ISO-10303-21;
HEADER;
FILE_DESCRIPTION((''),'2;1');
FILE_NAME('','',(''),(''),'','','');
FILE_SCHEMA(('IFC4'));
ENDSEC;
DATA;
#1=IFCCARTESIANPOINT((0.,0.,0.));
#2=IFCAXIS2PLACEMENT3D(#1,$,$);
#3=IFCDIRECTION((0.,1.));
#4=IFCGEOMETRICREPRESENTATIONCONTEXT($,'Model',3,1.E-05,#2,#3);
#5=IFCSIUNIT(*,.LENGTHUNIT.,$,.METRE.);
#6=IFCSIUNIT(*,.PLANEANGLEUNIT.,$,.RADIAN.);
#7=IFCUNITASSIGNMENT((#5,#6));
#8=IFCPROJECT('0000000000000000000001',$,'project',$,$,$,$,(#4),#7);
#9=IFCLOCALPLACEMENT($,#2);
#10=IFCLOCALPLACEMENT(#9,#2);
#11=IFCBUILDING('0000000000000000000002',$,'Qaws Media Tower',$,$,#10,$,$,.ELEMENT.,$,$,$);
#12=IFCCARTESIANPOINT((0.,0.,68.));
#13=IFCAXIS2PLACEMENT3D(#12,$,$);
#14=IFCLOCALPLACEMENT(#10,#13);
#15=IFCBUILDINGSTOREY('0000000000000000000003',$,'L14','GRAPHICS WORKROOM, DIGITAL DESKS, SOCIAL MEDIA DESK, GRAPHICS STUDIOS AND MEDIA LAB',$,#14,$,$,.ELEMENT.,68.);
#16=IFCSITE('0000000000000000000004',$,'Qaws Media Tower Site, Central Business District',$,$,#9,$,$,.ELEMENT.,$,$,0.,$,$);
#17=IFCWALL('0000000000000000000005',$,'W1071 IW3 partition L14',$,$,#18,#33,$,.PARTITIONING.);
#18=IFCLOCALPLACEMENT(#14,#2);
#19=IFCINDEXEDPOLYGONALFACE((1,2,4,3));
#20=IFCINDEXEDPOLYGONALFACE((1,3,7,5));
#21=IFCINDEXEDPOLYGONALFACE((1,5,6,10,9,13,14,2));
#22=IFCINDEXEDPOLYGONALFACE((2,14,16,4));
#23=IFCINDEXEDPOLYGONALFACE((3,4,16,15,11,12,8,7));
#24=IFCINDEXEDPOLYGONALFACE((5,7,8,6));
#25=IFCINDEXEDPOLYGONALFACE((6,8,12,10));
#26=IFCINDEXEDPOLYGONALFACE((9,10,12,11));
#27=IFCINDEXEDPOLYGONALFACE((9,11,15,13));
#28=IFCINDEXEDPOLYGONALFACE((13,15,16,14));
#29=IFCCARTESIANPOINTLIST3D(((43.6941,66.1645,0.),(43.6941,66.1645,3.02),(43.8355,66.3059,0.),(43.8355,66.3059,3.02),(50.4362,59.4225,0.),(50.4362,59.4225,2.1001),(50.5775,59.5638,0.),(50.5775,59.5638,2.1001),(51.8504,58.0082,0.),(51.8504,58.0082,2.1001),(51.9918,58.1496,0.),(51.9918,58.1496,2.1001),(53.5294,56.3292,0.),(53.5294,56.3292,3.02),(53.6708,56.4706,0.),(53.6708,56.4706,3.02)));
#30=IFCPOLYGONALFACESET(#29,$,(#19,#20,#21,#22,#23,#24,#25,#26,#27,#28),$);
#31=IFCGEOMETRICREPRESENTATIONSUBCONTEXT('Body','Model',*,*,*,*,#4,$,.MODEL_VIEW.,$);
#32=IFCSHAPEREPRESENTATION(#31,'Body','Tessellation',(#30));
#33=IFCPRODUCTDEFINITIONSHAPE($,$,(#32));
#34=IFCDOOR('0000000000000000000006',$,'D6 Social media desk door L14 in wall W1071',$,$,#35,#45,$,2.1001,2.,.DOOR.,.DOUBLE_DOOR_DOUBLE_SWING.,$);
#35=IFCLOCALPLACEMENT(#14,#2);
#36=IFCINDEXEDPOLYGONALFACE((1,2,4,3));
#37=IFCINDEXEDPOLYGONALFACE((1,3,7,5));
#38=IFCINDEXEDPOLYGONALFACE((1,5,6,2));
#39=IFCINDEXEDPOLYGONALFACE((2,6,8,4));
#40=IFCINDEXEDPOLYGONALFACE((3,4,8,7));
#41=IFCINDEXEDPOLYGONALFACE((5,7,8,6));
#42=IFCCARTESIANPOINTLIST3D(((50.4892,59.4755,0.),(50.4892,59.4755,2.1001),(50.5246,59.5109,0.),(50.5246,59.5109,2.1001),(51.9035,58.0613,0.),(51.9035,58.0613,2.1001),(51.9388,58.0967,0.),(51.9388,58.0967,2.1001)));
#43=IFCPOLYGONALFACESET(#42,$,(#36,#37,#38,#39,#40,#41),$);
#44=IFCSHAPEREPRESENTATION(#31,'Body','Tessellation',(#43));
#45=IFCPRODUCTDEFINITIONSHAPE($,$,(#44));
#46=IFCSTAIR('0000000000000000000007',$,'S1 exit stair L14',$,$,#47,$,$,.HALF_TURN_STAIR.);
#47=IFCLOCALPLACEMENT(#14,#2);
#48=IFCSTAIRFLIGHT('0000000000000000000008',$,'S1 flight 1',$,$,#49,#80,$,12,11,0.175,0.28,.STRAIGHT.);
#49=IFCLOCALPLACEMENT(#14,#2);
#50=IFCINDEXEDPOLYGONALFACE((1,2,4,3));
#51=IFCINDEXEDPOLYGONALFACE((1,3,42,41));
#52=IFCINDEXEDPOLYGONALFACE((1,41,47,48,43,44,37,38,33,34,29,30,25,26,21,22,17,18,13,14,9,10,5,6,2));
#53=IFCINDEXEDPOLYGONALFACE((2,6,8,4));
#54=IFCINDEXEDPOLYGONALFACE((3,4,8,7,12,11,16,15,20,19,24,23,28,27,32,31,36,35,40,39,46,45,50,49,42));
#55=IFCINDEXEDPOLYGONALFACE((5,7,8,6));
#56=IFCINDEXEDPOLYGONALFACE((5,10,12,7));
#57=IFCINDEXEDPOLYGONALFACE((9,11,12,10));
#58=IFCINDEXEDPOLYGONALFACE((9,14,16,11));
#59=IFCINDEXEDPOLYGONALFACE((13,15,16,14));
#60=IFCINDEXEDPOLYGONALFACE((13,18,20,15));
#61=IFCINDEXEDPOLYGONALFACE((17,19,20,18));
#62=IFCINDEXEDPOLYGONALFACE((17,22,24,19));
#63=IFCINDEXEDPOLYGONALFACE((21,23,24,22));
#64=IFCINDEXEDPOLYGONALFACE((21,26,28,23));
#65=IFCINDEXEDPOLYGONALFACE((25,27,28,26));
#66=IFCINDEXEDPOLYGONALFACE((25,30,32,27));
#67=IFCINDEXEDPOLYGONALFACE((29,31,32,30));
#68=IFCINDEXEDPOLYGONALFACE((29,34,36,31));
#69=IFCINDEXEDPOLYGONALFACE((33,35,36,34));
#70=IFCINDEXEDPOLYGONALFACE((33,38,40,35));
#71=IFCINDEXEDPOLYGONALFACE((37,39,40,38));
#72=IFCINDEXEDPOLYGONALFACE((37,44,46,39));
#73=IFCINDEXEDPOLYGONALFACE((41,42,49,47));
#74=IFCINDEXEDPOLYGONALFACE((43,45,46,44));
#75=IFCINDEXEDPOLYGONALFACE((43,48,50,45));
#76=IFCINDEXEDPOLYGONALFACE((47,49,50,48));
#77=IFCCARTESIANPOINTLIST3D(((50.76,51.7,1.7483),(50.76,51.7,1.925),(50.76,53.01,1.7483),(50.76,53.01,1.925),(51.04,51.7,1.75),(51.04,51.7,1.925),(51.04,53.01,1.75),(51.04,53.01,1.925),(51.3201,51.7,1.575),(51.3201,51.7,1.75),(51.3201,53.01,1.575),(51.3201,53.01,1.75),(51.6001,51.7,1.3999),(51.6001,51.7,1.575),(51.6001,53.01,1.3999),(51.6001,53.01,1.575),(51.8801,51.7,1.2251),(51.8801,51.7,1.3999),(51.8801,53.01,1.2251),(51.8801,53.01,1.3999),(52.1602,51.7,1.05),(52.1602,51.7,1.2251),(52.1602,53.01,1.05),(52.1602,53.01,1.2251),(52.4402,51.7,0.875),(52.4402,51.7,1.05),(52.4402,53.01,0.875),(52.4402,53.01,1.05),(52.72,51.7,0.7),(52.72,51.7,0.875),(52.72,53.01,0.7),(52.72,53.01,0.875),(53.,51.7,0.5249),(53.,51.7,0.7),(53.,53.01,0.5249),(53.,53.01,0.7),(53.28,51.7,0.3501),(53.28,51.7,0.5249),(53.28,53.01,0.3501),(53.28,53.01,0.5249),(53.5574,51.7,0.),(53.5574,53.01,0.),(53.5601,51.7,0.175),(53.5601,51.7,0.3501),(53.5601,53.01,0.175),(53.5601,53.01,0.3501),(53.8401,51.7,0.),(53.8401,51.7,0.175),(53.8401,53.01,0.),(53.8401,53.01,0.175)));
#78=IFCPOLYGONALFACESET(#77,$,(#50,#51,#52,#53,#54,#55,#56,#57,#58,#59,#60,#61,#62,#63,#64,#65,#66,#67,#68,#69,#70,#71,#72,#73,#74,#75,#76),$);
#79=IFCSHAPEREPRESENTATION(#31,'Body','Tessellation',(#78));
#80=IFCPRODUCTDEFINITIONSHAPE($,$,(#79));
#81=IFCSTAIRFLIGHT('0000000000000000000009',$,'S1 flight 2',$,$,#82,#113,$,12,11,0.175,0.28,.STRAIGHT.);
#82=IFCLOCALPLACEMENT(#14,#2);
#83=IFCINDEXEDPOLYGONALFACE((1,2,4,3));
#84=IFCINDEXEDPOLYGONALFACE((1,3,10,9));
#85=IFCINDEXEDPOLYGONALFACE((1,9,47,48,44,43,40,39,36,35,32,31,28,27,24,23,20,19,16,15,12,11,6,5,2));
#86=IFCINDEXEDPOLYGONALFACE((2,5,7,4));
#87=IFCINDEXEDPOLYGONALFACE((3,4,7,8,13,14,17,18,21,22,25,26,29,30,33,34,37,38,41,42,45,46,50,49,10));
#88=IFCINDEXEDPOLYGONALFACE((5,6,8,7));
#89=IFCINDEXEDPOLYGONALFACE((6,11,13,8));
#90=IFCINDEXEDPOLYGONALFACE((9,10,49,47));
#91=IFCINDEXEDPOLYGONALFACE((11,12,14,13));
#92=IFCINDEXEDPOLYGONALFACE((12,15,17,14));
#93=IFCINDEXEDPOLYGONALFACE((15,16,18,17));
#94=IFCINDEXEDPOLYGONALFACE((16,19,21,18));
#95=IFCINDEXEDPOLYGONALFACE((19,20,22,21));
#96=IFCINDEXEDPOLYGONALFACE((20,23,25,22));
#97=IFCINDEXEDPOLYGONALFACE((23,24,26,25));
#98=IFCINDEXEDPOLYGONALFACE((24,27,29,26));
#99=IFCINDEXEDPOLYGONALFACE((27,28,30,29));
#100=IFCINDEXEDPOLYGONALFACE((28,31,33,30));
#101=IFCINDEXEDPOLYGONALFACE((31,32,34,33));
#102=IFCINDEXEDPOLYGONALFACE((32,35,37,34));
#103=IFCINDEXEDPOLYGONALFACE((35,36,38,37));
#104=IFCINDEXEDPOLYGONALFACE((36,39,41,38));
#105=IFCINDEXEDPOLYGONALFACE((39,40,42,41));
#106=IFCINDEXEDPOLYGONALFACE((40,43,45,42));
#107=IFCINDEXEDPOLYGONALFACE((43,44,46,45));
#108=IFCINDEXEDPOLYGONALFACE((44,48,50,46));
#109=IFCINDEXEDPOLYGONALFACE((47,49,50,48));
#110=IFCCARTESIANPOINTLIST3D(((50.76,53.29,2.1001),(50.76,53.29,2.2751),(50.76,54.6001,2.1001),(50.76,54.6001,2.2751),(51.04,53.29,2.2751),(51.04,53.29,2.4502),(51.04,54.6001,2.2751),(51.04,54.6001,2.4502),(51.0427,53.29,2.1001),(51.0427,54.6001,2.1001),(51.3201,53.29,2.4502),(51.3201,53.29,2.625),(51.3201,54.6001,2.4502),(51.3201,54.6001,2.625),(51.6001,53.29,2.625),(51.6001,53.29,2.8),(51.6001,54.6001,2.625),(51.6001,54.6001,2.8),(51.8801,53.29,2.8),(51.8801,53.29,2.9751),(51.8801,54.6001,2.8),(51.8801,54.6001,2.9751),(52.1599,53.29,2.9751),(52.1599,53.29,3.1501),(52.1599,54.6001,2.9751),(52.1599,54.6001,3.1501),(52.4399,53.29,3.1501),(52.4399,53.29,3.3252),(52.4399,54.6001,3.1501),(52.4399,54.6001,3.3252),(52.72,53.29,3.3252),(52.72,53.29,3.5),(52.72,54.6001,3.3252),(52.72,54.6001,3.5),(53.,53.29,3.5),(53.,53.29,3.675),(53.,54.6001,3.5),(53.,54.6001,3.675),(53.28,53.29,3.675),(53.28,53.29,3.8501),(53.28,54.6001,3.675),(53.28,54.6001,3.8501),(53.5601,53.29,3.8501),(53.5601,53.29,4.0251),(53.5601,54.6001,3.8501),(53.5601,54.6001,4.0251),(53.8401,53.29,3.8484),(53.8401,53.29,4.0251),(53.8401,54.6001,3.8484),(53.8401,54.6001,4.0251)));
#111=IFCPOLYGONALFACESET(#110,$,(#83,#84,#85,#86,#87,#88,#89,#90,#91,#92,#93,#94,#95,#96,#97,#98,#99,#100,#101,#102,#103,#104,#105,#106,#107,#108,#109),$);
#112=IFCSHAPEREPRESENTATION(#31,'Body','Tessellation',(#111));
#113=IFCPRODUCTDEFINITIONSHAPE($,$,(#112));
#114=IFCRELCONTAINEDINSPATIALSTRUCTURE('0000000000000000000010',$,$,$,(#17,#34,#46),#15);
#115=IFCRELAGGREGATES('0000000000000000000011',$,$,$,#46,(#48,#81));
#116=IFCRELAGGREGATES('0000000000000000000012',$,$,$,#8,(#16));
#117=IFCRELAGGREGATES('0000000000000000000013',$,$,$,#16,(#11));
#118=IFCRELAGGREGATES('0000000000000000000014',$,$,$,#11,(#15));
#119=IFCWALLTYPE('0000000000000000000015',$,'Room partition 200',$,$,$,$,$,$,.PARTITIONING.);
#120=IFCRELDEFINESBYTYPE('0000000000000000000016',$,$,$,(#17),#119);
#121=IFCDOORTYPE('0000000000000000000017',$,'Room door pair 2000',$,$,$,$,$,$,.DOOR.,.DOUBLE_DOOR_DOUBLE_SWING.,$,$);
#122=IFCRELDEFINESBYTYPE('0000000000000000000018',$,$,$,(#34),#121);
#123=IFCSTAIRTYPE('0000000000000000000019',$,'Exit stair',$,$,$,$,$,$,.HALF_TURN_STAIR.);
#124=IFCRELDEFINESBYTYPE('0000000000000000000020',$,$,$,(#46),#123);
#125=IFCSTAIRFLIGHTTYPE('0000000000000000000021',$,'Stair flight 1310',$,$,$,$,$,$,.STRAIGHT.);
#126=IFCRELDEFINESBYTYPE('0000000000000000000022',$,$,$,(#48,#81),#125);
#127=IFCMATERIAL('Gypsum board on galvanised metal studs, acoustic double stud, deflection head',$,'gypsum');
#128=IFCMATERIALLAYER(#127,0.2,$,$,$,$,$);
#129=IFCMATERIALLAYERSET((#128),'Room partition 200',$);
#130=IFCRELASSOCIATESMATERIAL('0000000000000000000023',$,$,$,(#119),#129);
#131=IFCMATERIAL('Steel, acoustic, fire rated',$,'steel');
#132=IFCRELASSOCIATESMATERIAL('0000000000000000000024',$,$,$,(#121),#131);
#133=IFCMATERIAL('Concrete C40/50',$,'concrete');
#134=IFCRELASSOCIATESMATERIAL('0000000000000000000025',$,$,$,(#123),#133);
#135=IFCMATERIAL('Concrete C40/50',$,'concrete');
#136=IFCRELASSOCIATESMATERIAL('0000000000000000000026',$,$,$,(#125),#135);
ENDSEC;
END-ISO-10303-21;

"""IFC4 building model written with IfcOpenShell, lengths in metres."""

from ifc_helpers import new_model, si_unit, direction, frame, frame_2d, origin, place, context, subcontext, project, spatial, polyline, rectangle, outline, extrude, material, layer, layer_set, type_object, element, fill, aggregate, save


model = new_model("IFC4")

# Units and contexts
model_context = context("Model", 3, precision=1e-05, world=origin(), true_north=direction((0.0, 1.0)))
body_context = subcontext(model_context, "Body", "Model", "MODEL_VIEW")
ifc_project = project(units=[si_unit("LENGTHUNIT", "METRE"), si_unit("PLANEANGLEUNIT", "RADIAN")], contexts=[model_context])

# Site, building, storey
site_placement = place(None, origin())
site = spatial("IfcSite", under=ifc_project, at=site_placement, Name="Qaws Media Tower Site, Central Business District", CompositionType="ELEMENT", RefElevation=0.0)
building_placement = place(site_placement, origin())
building = spatial("IfcBuilding", under=site, at=building_placement, Name="Qaws Media Tower", CompositionType="ELEMENT")
storey_placement = place(building_placement, frame((0.0, 0.0, 68.0)))
storey = spatial("IfcBuildingStorey", under=building, at=storey_placement, Name="L14", Description="GRAPHICS WORKROOM, DIGITAL DESKS, SOCIAL MEDIA DESK, GRAPHICS STUDIOS AND MEDIA LAB", CompositionType="ELEMENT", Elevation=68.0)

# Wall, opening, door
ifc_material_1 = material(Name="Gypsum board on galvanised metal studs, acoustic double stud, deflection head", Category="gypsum")
ifc_layer_1 = layer(ifc_material_1, 0.2)
ifc_layer_set_1 = layer_set([ifc_layer_1], Name="Room partition 200")
wall_type_1 = type_object("IfcWallType", Name="Room partition 200", PredefinedType="PARTITIONING", material=ifc_layer_set_1)
wall_1_placement = place(storey_placement, frame((53.6001, 56.3999, 0.0), z_axis=(0.0, 0.0, 1.0), x_axis=(-0.707107, 0.707107, 0.0)))
wall_1 = element("IfcWall", 1, at=wall_1_placement, inside=storey, type_object=wall_type_1, Name="W1071 IW3 partition L14", PredefinedType="PARTITIONING", context=body_context, shape_type="SweptSolid", body=[
    extrude(rectangle(XDim=13.9092, YDim=0.2, at=frame_2d((6.9546, 0.0))), origin(), (0.0, 0.0, 1.0), 3.02),
])
opening_placement = place(wall_1_placement, frame((2.3745, 0.0, 0.0)))
opening = element("IfcOpeningElement", 2, at=opening_placement, cuts=wall_1, PredefinedType="OPENING", context=body_context, shape_type="SweptSolid", body=[
    extrude(rectangle(XDim=2.0, YDim=2.1001, at=frame_2d((1.0, 1.05))), frame((0.0, 0.1099, 0.0), z_axis=(0.0, -1.0, 0.0), x_axis=(1.0, 0.0, 0.0)), (0.0, 0.0, 1.0), 0.22),
])
ifc_material_2 = material(Name="Steel, acoustic, fire rated", Category="steel")
door_type = type_object("IfcDoorType", Name="Room door pair 2000", OperationType="DOUBLE_DOOR_DOUBLE_SWING", PredefinedType="DOOR", material=ifc_material_2)
door_placement = place(opening_placement, origin())
door = element("IfcDoor", 3, at=door_placement, inside=storey, type_object=door_type, Name="D6 Social media desk door L14 in wall W1071", OperationType="DOUBLE_DOOR_DOUBLE_SWING", OverallHeight=2.1001, OverallWidth=2.0, PredefinedType="DOOR", context=body_context, shape_type="SweptSolid", body=[
    extrude(rectangle(XDim=2.0, YDim=2.1001, at=frame_2d((1.0, 1.05))), frame((0.0, 0.0249, 0.0), z_axis=(0.0, -1.0, 0.0), x_axis=(1.0, 0.0, 0.0)), (0.0, 0.0, 1.0), 0.05),
])
fill(opening, door)

# Stair, stair flights
ifc_material_3 = material(Name="Concrete C40/50", Category="concrete")
stair_type = type_object("IfcStairType", Name="Exit stair", PredefinedType="HALF_TURN_STAIR", material=ifc_material_3)
stair_placement = place(storey_placement, origin())
stair = element("IfcStair", 4, at=stair_placement, inside=storey, type_object=stair_type, Name="S1 exit stair L14", PredefinedType="HALF_TURN_STAIR")
ifc_material_4 = material(Name="Concrete C40/50", Category="concrete")
stair_flight_type = type_object("IfcStairFlightType", Name="Stair flight 1310", PredefinedType="STRAIGHT", material=ifc_material_4)
stair_flight_1_placement = place(storey_placement, frame((53.8401, 52.355, 0.0), z_axis=(0.0, 0.0, 1.0), x_axis=(-1.0, 0.0, 0.0)))
stair_flight_1 = element("IfcStairFlight", 5, at=stair_flight_1_placement, type_object=stair_flight_type, Name="S1 flight 1", NumberOfRisers=12, NumberOfTreads=11, PredefinedType="STRAIGHT", RiserHeight=0.175, TreadLength=0.28, context=body_context, shape_type="SweptSolid", body=[
    extrude(outline(polyline([(0.0, 0.0), (0.0, 0.175), (0.28, 0.175), (0.28, 0.3501), (0.5601, 0.3501), (0.5601, 0.5249), (0.8401, 0.5249), (0.8401, 0.7), (1.1201, 0.7), (1.1201, 0.875), (1.3999, 0.875), (1.3999, 1.05), (1.6799, 1.05), (1.6799, 1.2251), (1.96, 1.2251), (1.96, 1.3999), (2.24, 1.3999), (2.24, 1.575), (2.52, 1.575), (2.52, 1.75), (2.8, 1.75), (2.8, 1.925), (3.0801, 1.925), (3.0801, 2.1001), (3.0801, 1.7483), (0.2827, 0.0), (0.0, 0.0)])), frame((0.0, 0.655, 0.0), z_axis=(0.0, -1.0, 0.0), x_axis=(1.0, 0.0, 0.0)), (0.0, 0.0, 1.0), 1.3101),
])
stair_flight_2_placement = place(storey_placement, frame((50.76, 53.9451, 2.1001), z_axis=(0.0, 0.0, 1.0), x_axis=(1.0, 0.0, 0.0)))
stair_flight_2 = element("IfcStairFlight", 6, at=stair_flight_2_placement, type_object=stair_flight_type, Name="S1 flight 2", NumberOfRisers=12, NumberOfTreads=11, PredefinedType="STRAIGHT", RiserHeight=0.175, TreadLength=0.28, context=body_context, shape_type="SweptSolid", body=[
    extrude(outline(polyline([(0.0, 0.0), (0.0, 0.175), (0.28, 0.175), (0.28, 0.3501), (0.5601, 0.3501), (0.5601, 0.5249), (0.8401, 0.5249), (0.8401, 0.7), (1.1201, 0.7), (1.1201, 0.875), (1.3999, 0.875), (1.3999, 1.05), (1.6799, 1.05), (1.6799, 1.2251), (1.96, 1.2251), (1.96, 1.3999), (2.24, 1.3999), (2.24, 1.575), (2.52, 1.575), (2.52, 1.75), (2.8, 1.75), (2.8, 1.925), (3.0801, 1.925), (3.0801, 2.1001), (3.0801, 1.7483), (0.2827, 0.0), (0.0, 0.0)])), frame((0.0, 0.655, 0.0), z_axis=(0.0, -1.0, 0.0), x_axis=(1.0, 0.0, 0.0)), (0.0, 0.0, 1.0), 1.3101),
])
aggregate(stair, [stair_flight_1, stair_flight_2])

save(model, "model.ifc")
